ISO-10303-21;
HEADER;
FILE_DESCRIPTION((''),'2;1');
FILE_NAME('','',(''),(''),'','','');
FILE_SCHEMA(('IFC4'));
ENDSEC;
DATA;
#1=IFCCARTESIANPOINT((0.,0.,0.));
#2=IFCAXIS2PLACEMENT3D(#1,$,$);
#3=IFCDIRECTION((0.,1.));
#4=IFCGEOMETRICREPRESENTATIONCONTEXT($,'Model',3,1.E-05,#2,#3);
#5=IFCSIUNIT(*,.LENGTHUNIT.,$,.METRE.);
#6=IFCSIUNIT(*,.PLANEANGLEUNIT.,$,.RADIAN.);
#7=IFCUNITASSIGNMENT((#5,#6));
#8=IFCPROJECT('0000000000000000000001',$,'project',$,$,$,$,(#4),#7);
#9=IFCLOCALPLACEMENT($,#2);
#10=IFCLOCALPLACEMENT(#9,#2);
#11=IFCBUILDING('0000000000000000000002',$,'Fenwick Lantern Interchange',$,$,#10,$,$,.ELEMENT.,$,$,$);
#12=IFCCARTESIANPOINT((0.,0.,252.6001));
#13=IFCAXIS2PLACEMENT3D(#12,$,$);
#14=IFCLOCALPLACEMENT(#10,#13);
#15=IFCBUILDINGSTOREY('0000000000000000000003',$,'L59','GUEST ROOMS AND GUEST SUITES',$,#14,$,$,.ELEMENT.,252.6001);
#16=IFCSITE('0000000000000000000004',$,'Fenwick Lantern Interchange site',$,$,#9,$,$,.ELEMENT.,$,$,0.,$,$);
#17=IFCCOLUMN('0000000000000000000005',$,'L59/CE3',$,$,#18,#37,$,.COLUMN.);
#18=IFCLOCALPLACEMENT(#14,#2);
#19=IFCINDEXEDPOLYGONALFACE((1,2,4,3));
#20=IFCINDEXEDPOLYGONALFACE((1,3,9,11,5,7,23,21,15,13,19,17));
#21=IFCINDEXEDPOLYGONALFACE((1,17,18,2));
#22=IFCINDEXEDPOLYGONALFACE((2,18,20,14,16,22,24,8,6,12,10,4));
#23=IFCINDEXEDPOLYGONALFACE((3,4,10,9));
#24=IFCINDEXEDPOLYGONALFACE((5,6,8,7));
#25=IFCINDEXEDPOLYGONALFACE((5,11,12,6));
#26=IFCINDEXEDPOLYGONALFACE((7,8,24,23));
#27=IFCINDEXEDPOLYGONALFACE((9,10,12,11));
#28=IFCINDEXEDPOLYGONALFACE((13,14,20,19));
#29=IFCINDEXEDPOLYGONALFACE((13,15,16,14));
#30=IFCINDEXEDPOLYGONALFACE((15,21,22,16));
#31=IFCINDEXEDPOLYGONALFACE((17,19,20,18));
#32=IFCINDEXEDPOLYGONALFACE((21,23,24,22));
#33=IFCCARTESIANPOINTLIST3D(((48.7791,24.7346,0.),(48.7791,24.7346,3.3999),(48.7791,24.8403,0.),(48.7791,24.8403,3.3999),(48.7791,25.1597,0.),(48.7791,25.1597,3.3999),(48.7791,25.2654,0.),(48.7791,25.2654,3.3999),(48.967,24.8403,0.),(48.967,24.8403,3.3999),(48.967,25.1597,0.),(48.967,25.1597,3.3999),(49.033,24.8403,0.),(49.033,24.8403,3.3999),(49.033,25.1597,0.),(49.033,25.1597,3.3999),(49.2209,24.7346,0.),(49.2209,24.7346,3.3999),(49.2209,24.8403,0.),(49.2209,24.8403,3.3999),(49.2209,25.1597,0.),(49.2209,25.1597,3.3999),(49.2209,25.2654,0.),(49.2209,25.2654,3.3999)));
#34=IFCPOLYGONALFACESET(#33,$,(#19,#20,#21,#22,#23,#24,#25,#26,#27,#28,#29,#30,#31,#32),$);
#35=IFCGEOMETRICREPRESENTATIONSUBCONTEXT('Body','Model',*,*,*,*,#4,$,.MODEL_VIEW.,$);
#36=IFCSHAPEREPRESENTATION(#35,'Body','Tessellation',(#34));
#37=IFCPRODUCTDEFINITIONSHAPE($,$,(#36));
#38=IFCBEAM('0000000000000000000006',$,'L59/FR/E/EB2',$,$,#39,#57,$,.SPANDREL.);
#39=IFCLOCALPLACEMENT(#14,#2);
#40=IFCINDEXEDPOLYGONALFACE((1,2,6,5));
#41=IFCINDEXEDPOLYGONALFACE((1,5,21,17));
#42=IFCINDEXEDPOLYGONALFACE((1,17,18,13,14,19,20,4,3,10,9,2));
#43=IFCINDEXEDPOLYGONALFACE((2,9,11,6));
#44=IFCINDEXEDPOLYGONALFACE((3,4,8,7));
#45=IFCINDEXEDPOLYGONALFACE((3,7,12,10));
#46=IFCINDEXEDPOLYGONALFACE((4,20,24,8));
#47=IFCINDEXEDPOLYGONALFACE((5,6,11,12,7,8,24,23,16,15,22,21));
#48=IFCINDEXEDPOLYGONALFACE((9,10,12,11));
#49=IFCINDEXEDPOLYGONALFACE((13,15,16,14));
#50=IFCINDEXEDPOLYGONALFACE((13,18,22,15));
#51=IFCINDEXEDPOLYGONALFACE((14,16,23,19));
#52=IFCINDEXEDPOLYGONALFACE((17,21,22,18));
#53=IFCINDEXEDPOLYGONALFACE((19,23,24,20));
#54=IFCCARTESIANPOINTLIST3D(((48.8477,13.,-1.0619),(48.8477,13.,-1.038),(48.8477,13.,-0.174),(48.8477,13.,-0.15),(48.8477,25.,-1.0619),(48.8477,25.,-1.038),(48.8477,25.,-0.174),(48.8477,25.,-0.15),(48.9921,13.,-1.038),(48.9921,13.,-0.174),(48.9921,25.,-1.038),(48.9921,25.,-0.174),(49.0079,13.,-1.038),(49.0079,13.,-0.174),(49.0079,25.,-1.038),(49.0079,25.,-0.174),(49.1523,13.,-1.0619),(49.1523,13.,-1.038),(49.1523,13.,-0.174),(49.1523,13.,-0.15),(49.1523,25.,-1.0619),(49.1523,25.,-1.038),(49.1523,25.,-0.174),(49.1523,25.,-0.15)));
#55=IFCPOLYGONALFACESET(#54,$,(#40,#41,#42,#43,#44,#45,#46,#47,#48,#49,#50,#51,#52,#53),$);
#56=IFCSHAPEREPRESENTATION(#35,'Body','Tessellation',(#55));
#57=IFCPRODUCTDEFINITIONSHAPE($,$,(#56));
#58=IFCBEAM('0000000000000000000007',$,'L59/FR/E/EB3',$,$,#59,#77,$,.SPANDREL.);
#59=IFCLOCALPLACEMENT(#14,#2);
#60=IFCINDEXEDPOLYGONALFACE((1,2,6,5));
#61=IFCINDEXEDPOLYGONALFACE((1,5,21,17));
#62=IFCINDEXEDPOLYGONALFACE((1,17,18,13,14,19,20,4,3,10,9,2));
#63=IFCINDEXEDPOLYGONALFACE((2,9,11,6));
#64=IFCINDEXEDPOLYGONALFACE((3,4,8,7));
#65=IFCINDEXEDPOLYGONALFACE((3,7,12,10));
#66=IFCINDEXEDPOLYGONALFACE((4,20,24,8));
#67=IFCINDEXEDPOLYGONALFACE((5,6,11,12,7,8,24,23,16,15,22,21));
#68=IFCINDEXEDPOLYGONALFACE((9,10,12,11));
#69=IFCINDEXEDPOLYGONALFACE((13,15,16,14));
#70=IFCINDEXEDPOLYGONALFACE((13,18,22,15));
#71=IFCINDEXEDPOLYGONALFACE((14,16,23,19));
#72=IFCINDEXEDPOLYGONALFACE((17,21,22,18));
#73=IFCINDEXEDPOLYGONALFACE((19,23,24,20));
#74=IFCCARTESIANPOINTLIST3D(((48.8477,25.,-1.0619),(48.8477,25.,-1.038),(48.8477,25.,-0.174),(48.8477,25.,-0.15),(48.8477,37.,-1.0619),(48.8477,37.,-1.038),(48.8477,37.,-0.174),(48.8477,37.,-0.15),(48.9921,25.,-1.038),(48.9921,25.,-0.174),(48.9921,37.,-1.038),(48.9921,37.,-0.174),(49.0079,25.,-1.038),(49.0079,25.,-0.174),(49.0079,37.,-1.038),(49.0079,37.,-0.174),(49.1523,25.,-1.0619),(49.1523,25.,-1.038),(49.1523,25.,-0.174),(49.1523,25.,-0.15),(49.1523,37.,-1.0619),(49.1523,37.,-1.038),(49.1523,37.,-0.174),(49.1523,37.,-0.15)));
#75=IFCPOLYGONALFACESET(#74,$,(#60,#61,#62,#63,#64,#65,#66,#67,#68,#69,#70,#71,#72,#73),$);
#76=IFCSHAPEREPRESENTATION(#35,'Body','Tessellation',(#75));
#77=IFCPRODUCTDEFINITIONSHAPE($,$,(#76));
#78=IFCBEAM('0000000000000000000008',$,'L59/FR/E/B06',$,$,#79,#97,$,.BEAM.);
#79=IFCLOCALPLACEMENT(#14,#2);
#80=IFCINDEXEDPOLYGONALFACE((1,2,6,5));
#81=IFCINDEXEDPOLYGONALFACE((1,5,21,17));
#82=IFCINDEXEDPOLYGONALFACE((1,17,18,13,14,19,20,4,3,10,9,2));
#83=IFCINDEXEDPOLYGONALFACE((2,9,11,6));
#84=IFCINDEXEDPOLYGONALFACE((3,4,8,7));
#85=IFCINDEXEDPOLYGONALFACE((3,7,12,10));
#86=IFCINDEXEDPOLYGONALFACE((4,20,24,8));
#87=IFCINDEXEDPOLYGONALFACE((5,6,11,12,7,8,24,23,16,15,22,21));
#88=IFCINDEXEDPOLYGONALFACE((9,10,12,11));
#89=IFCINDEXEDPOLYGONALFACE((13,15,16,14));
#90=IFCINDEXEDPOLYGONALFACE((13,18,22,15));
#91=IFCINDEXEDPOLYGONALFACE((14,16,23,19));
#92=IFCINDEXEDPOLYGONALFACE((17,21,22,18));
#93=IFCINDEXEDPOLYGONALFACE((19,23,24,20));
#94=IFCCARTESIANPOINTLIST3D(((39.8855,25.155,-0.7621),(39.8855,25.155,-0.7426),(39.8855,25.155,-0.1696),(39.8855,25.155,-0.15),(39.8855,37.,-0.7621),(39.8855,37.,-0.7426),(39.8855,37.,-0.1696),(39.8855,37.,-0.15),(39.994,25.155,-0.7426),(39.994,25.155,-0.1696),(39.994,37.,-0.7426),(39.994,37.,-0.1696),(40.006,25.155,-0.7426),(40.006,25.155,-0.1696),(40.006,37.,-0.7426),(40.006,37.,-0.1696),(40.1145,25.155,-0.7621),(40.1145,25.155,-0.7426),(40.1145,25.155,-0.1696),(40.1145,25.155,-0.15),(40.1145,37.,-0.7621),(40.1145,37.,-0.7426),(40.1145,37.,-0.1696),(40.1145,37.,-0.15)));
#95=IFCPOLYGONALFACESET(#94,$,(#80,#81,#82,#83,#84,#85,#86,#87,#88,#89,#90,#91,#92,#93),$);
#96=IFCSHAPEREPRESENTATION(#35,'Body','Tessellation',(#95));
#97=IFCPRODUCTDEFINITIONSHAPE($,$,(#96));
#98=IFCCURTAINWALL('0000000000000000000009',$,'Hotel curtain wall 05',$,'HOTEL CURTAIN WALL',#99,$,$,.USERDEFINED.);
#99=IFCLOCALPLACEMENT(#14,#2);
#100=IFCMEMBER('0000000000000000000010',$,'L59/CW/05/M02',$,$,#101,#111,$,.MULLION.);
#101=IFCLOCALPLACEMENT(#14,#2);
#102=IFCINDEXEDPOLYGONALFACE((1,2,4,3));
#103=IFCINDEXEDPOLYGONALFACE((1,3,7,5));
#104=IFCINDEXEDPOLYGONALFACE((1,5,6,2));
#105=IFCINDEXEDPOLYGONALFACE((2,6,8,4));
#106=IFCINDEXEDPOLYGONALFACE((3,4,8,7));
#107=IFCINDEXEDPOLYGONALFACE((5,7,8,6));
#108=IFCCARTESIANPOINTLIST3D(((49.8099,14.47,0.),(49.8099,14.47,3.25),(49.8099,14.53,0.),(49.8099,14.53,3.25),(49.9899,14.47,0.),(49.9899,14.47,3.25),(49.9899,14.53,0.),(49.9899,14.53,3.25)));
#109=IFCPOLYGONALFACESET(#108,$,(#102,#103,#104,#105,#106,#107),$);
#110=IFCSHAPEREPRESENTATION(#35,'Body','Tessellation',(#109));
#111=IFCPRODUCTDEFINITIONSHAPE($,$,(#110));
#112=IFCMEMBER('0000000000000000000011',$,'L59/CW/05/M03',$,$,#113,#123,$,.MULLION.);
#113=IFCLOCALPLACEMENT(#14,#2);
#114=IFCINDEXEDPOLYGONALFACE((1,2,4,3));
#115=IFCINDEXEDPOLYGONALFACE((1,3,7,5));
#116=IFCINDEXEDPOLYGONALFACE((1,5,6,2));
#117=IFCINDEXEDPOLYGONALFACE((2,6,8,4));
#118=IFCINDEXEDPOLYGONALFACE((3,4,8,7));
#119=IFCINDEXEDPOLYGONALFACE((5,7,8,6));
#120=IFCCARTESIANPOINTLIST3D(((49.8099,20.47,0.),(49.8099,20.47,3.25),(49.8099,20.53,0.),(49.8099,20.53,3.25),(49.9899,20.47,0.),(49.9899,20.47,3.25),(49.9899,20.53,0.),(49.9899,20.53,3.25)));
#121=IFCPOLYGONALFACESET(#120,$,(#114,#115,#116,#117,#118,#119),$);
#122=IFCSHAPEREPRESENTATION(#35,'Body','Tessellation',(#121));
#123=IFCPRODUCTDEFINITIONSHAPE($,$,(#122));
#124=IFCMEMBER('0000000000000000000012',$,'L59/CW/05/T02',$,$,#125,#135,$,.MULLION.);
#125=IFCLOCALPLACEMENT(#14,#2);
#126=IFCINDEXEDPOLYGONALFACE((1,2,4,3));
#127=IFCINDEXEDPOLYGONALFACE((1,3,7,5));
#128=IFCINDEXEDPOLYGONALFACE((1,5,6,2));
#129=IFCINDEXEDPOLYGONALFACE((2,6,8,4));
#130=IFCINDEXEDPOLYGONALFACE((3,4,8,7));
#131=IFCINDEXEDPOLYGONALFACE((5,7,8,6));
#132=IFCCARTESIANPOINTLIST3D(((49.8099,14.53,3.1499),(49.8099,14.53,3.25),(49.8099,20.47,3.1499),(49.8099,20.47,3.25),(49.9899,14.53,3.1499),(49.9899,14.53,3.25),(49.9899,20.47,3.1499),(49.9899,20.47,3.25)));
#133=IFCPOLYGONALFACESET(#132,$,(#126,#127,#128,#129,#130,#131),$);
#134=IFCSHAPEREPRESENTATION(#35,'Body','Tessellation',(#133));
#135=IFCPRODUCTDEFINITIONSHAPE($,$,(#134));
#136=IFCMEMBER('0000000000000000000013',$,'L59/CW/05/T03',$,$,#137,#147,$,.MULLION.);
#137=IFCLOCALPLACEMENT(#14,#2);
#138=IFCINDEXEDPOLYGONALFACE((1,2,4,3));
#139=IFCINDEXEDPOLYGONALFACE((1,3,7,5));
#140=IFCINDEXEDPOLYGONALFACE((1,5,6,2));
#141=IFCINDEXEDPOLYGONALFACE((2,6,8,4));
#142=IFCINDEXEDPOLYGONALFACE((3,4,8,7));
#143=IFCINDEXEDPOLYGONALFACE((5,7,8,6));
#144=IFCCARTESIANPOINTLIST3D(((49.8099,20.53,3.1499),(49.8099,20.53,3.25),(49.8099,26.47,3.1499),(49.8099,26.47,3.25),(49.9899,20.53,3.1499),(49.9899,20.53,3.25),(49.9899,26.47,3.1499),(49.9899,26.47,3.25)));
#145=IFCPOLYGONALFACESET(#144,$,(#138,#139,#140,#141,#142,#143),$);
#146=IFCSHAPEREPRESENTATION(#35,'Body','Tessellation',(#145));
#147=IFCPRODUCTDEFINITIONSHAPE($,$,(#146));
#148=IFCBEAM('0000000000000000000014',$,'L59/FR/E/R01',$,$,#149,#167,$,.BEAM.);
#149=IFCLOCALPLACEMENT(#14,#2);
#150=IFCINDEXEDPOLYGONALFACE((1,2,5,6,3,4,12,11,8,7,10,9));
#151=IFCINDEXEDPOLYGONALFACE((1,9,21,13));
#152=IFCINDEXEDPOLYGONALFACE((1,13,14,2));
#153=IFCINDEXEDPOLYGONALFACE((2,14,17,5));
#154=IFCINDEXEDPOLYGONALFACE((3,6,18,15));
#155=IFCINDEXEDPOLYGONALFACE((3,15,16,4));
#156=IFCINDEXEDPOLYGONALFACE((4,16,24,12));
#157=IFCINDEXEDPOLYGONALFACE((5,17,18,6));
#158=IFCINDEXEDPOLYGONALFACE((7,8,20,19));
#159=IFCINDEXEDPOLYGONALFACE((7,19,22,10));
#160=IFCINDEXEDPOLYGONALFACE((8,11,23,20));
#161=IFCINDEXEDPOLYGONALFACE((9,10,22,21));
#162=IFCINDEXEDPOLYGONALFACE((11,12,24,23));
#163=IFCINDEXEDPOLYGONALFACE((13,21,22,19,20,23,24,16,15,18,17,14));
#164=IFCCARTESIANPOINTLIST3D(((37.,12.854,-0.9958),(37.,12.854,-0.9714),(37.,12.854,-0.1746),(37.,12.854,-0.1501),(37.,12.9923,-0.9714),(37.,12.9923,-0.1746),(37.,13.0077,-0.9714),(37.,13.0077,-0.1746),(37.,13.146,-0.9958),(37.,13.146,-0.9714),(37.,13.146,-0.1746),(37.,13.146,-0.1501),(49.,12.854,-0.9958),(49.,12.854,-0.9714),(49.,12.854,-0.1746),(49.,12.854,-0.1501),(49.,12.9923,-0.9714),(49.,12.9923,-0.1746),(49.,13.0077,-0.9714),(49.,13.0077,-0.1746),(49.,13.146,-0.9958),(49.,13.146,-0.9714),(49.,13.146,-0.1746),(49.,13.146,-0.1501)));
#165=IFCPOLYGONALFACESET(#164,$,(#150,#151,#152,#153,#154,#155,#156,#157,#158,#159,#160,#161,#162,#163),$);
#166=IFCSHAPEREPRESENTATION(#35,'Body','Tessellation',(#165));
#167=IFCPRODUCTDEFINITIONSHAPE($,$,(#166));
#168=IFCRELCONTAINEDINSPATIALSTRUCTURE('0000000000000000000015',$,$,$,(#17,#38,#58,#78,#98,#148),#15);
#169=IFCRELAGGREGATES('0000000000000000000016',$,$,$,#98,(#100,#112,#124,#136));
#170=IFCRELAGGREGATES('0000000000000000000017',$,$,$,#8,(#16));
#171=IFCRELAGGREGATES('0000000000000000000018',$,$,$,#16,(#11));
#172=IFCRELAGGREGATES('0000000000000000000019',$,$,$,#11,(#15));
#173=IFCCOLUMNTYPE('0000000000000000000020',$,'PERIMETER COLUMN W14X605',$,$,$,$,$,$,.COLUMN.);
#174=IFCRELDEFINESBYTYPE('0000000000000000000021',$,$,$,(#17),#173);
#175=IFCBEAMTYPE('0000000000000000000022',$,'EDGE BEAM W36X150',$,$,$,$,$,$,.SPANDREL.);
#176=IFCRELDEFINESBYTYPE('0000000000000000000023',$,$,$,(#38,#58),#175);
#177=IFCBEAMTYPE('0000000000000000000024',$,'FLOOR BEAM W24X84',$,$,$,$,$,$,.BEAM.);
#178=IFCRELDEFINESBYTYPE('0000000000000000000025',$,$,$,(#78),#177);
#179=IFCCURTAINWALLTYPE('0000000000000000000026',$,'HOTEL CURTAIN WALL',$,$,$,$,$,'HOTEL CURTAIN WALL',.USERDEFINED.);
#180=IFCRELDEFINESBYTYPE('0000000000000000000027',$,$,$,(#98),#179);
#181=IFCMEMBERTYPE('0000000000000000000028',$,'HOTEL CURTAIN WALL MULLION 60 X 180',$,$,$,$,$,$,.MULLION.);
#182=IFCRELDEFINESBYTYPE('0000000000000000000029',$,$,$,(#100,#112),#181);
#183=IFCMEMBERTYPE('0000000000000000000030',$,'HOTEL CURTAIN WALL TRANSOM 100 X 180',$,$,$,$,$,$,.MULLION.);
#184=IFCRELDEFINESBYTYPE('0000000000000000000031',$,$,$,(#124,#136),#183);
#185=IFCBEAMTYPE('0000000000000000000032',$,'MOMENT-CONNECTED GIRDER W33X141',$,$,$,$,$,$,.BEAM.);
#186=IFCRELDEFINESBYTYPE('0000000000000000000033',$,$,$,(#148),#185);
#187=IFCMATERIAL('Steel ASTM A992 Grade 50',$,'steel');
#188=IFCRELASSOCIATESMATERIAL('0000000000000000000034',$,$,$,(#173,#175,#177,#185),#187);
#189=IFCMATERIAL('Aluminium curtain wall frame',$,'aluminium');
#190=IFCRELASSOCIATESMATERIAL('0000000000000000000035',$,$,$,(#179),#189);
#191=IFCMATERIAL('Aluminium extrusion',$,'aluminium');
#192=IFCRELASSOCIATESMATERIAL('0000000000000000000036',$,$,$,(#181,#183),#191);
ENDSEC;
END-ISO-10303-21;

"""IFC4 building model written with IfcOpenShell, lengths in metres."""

from ifc_helpers import new_model, si_unit, direction, frame, origin, origin_2d, place, context, subcontext, project, spatial, rectangle, i_section, extrude, material, material_profile, profile_set, type_object, element, aggregate, save


model = new_model("IFC4")

# Units and contexts
model_context = context("Model", 3, precision=1e-05, world=origin(), true_north=direction((0.0, 1.0)))
body_context = subcontext(model_context, "Body", "Model", "MODEL_VIEW")
ifc_project = project(units=[si_unit("LENGTHUNIT", "METRE"), si_unit("PLANEANGLEUNIT", "RADIAN")], contexts=[model_context])

# Site, building, storey
site_placement = place(None, origin())
site = spatial("IfcSite", under=ifc_project, at=site_placement, Name="Fenwick Lantern Interchange site", CompositionType="ELEMENT", RefElevation=0.0)
building_placement = place(site_placement, origin())
building = spatial("IfcBuilding", under=site, at=building_placement, Name="Fenwick Lantern Interchange", CompositionType="ELEMENT")
storey_placement = place(building_placement, frame((0.0, 0.0, 252.6001)))
storey = spatial("IfcBuildingStorey", under=building, at=storey_placement, Name="L59", Description="GUEST ROOMS AND GUEST SUITES", CompositionType="ELEMENT", Elevation=252.6001)

# Column
ifc_material_1 = material(Name="Steel ASTM A992 Grade 50", Category="steel")
ifc_material_profile_1 = material_profile(ifc_material_1, i_section(OverallWidth=0.4419, OverallDepth=0.5308, WebThickness=0.0659, FlangeThickness=0.1057, at=origin_2d()), Name="W14X605")
ifc_profile_set_1 = profile_set([ifc_material_profile_1], Name="Steel ASTM A992 Grade 50")
column_type = type_object("IfcColumnType", Name="PERIMETER COLUMN W14X605", PredefinedType="COLUMN", material=ifc_profile_set_1)
column_placement = place(storey_placement, frame((49.0, 25.0, 0.0), z_axis=(0.0, 0.0, 1.0), x_axis=(1.0, 0.0, 0.0)))
element("IfcColumn", 1, at=column_placement, inside=storey, type_object=column_type, Name="L59/CE3", PredefinedType="COLUMN", context=body_context, shape_type="SweptSolid", body=[
    extrude(i_section(OverallWidth=0.4419, OverallDepth=0.5308, WebThickness=0.0659, FlangeThickness=0.1057, at=origin_2d()), origin(), (0.0, 0.0, 1.0), 3.3999),
])

# Beams
ifc_material_profile_2 = material_profile(ifc_material_1, i_section(OverallWidth=0.3047, OverallDepth=0.9119, WebThickness=0.0159, FlangeThickness=0.0239, at=origin_2d()), Name="W36X150")
ifc_profile_set_2 = profile_set([ifc_material_profile_2], Name="Steel ASTM A992 Grade 50")
beam_type_1 = type_object("IfcBeamType", Name="EDGE BEAM W36X150", PredefinedType="SPANDREL", material=ifc_profile_set_2)
for number, where, z_axis, x_axis, name in (
    (2, (49.0, 13.0, -0.606), (0.0, 1.0, 0.0), (-1.0, 0.0, 0.0), "L59/FR/E/EB2"),
    (3, (49.0, 25.0, -0.606), (0.0, 1.0, 0.0), (-1.0, 0.0, 0.0), "L59/FR/E/EB3"),
):
    element("IfcBeam", number, at=place(storey_placement, frame(where, z_axis=z_axis, x_axis=x_axis)), inside=storey, type_object=beam_type_1, Name=name, PredefinedType="SPANDREL", context=body_context, shape_type="SweptSolid", body=[
        extrude(i_section(OverallWidth=0.3047, OverallDepth=0.9119, WebThickness=0.0159, FlangeThickness=0.0239, at=origin_2d()), origin(), (0.0, 0.0, 1.0), 12.0),
    ])
ifc_material_profile_3 = material_profile(ifc_material_1, i_section(OverallWidth=0.229, OverallDepth=0.6121, WebThickness=0.012, FlangeThickness=0.0195, at=origin_2d()), Name="W24X84")
ifc_profile_set_3 = profile_set([ifc_material_profile_3], Name="Steel ASTM A992 Grade 50")
beam_type_2 = type_object("IfcBeamType", Name="FLOOR BEAM W24X84", PredefinedType="BEAM", material=ifc_profile_set_3)
beam_1_placement = place(storey_placement, frame((40.0, 25.155, -0.4561), z_axis=(0.0, 1.0, 0.0), x_axis=(-1.0, 0.0, 0.0)))
element("IfcBeam", 4, at=beam_1_placement, inside=storey, type_object=beam_type_2, Name="L59/FR/E/B06", PredefinedType="BEAM", context=body_context, shape_type="SweptSolid", body=[
    extrude(i_section(OverallWidth=0.229, OverallDepth=0.6121, WebThickness=0.012, FlangeThickness=0.0195, at=origin_2d()), origin(), (0.0, 0.0, 1.0), 11.845),
])

# Curtain wall, members
ifc_material_2 = material(Name="Aluminium curtain wall frame", Category="aluminium")
curtain_wall_type = type_object("IfcCurtainWallType", Name="HOTEL CURTAIN WALL", ElementType="HOTEL CURTAIN WALL", PredefinedType="USERDEFINED", material=ifc_material_2)
curtain_wall_placement = place(storey_placement, origin())
curtain_wall = element("IfcCurtainWall", 5, at=curtain_wall_placement, inside=storey, type_object=curtain_wall_type, Name="Hotel curtain wall 05", ObjectType="HOTEL CURTAIN WALL", PredefinedType="USERDEFINED")
ifc_material_3 = material(Name="Aluminium extrusion", Category="aluminium")
ifc_material_profile_4 = material_profile(ifc_material_3, rectangle(XDim=0.1799, YDim=0.0601, at=origin_2d()), Name="HOTEL CURTAIN WALL MULLION 60 X 180")
ifc_profile_set_4 = profile_set([ifc_material_profile_4], Name="Aluminium extrusion")
member_type_1 = type_object("IfcMemberType", Name="HOTEL CURTAIN WALL MULLION 60 X 180", PredefinedType="MULLION", material=ifc_profile_set_4)
member_1_placement = place(storey_placement, frame((49.8999, 14.5, 0.0), z_axis=(0.0, 0.0, 1.0), x_axis=(-1.0, 0.0, 0.0)))
member_1 = element("IfcMember", 6, at=member_1_placement, type_object=member_type_1, Name="L59/CW/05/M02", PredefinedType="MULLION", context=body_context, shape_type="SweptSolid", body=[
    extrude(rectangle(XDim=0.1799, YDim=0.0601, at=origin_2d()), origin(), (0.0, 0.0, 1.0), 3.25),
])
member_2_placement = place(storey_placement, frame((49.8999, 20.5, 0.0), z_axis=(0.0, 0.0, 1.0), x_axis=(-1.0, 0.0, 0.0)))
member_2 = element("IfcMember", 7, at=member_2_placement, type_object=member_type_1, Name="L59/CW/05/M03", PredefinedType="MULLION", context=body_context, shape_type="SweptSolid", body=[
    extrude(rectangle(XDim=0.1799, YDim=0.0601, at=origin_2d()), origin(), (0.0, 0.0, 1.0), 3.25),
])
ifc_material_profile_5 = material_profile(ifc_material_3, rectangle(XDim=0.1799, YDim=0.1001, at=origin_2d()), Name="HOTEL CURTAIN WALL TRANSOM 100 X 180")
ifc_profile_set_5 = profile_set([ifc_material_profile_5], Name="Aluminium extrusion")
member_type_2 = type_object("IfcMemberType", Name="HOTEL CURTAIN WALL TRANSOM 100 X 180", PredefinedType="MULLION", material=ifc_profile_set_5)
member_3_placement = place(storey_placement, frame((49.8999, 14.53, 3.2), z_axis=(0.0, 1.0, 0.0), x_axis=(-1.0, 0.0, 0.0)))
member_3 = element("IfcMember", 8, at=member_3_placement, type_object=member_type_2, Name="L59/CW/05/T02", PredefinedType="MULLION", context=body_context, shape_type="SweptSolid", body=[
    extrude(rectangle(XDim=0.1799, YDim=0.1001, at=origin_2d()), origin(), (0.0, 0.0, 1.0), 5.9399),
])
member_4_placement = place(storey_placement, frame((49.8999, 20.53, 3.2), z_axis=(0.0, 1.0, 0.0), x_axis=(-1.0, 0.0, 0.0)))
member_4 = element("IfcMember", 9, at=member_4_placement, type_object=member_type_2, Name="L59/CW/05/T03", PredefinedType="MULLION", context=body_context, shape_type="SweptSolid", body=[
    extrude(rectangle(XDim=0.1799, YDim=0.1001, at=origin_2d()), origin(), (0.0, 0.0, 1.0), 5.9399),
])

# Beam
ifc_material_profile_6 = material_profile(ifc_material_1, i_section(OverallWidth=0.292, OverallDepth=0.8457, WebThickness=0.0154, FlangeThickness=0.0244, at=origin_2d()), Name="W33X141")
ifc_profile_set_6 = profile_set([ifc_material_profile_6], Name="Steel ASTM A992 Grade 50")
beam_type_3 = type_object("IfcBeamType", Name="MOMENT-CONNECTED GIRDER W33X141", PredefinedType="BEAM", material=ifc_profile_set_6)
beam_2_placement = place(storey_placement, frame((49.0, 13.0, -0.573), z_axis=(-1.0, 0.0, 0.0), x_axis=(0.0, -1.0, 0.0)))
element("IfcBeam", 10, at=beam_2_placement, inside=storey, type_object=beam_type_3, Name="L59/FR/E/R01", PredefinedType="BEAM", context=body_context, shape_type="SweptSolid", body=[
    extrude(i_section(OverallWidth=0.292, OverallDepth=0.8457, WebThickness=0.0154, FlangeThickness=0.0244, at=origin_2d()), origin(), (0.0, 0.0, 1.0), 12.0),
])

aggregate(curtain_wall, [member_1, member_2, member_3, member_4])

save(model, "model.ifc")
